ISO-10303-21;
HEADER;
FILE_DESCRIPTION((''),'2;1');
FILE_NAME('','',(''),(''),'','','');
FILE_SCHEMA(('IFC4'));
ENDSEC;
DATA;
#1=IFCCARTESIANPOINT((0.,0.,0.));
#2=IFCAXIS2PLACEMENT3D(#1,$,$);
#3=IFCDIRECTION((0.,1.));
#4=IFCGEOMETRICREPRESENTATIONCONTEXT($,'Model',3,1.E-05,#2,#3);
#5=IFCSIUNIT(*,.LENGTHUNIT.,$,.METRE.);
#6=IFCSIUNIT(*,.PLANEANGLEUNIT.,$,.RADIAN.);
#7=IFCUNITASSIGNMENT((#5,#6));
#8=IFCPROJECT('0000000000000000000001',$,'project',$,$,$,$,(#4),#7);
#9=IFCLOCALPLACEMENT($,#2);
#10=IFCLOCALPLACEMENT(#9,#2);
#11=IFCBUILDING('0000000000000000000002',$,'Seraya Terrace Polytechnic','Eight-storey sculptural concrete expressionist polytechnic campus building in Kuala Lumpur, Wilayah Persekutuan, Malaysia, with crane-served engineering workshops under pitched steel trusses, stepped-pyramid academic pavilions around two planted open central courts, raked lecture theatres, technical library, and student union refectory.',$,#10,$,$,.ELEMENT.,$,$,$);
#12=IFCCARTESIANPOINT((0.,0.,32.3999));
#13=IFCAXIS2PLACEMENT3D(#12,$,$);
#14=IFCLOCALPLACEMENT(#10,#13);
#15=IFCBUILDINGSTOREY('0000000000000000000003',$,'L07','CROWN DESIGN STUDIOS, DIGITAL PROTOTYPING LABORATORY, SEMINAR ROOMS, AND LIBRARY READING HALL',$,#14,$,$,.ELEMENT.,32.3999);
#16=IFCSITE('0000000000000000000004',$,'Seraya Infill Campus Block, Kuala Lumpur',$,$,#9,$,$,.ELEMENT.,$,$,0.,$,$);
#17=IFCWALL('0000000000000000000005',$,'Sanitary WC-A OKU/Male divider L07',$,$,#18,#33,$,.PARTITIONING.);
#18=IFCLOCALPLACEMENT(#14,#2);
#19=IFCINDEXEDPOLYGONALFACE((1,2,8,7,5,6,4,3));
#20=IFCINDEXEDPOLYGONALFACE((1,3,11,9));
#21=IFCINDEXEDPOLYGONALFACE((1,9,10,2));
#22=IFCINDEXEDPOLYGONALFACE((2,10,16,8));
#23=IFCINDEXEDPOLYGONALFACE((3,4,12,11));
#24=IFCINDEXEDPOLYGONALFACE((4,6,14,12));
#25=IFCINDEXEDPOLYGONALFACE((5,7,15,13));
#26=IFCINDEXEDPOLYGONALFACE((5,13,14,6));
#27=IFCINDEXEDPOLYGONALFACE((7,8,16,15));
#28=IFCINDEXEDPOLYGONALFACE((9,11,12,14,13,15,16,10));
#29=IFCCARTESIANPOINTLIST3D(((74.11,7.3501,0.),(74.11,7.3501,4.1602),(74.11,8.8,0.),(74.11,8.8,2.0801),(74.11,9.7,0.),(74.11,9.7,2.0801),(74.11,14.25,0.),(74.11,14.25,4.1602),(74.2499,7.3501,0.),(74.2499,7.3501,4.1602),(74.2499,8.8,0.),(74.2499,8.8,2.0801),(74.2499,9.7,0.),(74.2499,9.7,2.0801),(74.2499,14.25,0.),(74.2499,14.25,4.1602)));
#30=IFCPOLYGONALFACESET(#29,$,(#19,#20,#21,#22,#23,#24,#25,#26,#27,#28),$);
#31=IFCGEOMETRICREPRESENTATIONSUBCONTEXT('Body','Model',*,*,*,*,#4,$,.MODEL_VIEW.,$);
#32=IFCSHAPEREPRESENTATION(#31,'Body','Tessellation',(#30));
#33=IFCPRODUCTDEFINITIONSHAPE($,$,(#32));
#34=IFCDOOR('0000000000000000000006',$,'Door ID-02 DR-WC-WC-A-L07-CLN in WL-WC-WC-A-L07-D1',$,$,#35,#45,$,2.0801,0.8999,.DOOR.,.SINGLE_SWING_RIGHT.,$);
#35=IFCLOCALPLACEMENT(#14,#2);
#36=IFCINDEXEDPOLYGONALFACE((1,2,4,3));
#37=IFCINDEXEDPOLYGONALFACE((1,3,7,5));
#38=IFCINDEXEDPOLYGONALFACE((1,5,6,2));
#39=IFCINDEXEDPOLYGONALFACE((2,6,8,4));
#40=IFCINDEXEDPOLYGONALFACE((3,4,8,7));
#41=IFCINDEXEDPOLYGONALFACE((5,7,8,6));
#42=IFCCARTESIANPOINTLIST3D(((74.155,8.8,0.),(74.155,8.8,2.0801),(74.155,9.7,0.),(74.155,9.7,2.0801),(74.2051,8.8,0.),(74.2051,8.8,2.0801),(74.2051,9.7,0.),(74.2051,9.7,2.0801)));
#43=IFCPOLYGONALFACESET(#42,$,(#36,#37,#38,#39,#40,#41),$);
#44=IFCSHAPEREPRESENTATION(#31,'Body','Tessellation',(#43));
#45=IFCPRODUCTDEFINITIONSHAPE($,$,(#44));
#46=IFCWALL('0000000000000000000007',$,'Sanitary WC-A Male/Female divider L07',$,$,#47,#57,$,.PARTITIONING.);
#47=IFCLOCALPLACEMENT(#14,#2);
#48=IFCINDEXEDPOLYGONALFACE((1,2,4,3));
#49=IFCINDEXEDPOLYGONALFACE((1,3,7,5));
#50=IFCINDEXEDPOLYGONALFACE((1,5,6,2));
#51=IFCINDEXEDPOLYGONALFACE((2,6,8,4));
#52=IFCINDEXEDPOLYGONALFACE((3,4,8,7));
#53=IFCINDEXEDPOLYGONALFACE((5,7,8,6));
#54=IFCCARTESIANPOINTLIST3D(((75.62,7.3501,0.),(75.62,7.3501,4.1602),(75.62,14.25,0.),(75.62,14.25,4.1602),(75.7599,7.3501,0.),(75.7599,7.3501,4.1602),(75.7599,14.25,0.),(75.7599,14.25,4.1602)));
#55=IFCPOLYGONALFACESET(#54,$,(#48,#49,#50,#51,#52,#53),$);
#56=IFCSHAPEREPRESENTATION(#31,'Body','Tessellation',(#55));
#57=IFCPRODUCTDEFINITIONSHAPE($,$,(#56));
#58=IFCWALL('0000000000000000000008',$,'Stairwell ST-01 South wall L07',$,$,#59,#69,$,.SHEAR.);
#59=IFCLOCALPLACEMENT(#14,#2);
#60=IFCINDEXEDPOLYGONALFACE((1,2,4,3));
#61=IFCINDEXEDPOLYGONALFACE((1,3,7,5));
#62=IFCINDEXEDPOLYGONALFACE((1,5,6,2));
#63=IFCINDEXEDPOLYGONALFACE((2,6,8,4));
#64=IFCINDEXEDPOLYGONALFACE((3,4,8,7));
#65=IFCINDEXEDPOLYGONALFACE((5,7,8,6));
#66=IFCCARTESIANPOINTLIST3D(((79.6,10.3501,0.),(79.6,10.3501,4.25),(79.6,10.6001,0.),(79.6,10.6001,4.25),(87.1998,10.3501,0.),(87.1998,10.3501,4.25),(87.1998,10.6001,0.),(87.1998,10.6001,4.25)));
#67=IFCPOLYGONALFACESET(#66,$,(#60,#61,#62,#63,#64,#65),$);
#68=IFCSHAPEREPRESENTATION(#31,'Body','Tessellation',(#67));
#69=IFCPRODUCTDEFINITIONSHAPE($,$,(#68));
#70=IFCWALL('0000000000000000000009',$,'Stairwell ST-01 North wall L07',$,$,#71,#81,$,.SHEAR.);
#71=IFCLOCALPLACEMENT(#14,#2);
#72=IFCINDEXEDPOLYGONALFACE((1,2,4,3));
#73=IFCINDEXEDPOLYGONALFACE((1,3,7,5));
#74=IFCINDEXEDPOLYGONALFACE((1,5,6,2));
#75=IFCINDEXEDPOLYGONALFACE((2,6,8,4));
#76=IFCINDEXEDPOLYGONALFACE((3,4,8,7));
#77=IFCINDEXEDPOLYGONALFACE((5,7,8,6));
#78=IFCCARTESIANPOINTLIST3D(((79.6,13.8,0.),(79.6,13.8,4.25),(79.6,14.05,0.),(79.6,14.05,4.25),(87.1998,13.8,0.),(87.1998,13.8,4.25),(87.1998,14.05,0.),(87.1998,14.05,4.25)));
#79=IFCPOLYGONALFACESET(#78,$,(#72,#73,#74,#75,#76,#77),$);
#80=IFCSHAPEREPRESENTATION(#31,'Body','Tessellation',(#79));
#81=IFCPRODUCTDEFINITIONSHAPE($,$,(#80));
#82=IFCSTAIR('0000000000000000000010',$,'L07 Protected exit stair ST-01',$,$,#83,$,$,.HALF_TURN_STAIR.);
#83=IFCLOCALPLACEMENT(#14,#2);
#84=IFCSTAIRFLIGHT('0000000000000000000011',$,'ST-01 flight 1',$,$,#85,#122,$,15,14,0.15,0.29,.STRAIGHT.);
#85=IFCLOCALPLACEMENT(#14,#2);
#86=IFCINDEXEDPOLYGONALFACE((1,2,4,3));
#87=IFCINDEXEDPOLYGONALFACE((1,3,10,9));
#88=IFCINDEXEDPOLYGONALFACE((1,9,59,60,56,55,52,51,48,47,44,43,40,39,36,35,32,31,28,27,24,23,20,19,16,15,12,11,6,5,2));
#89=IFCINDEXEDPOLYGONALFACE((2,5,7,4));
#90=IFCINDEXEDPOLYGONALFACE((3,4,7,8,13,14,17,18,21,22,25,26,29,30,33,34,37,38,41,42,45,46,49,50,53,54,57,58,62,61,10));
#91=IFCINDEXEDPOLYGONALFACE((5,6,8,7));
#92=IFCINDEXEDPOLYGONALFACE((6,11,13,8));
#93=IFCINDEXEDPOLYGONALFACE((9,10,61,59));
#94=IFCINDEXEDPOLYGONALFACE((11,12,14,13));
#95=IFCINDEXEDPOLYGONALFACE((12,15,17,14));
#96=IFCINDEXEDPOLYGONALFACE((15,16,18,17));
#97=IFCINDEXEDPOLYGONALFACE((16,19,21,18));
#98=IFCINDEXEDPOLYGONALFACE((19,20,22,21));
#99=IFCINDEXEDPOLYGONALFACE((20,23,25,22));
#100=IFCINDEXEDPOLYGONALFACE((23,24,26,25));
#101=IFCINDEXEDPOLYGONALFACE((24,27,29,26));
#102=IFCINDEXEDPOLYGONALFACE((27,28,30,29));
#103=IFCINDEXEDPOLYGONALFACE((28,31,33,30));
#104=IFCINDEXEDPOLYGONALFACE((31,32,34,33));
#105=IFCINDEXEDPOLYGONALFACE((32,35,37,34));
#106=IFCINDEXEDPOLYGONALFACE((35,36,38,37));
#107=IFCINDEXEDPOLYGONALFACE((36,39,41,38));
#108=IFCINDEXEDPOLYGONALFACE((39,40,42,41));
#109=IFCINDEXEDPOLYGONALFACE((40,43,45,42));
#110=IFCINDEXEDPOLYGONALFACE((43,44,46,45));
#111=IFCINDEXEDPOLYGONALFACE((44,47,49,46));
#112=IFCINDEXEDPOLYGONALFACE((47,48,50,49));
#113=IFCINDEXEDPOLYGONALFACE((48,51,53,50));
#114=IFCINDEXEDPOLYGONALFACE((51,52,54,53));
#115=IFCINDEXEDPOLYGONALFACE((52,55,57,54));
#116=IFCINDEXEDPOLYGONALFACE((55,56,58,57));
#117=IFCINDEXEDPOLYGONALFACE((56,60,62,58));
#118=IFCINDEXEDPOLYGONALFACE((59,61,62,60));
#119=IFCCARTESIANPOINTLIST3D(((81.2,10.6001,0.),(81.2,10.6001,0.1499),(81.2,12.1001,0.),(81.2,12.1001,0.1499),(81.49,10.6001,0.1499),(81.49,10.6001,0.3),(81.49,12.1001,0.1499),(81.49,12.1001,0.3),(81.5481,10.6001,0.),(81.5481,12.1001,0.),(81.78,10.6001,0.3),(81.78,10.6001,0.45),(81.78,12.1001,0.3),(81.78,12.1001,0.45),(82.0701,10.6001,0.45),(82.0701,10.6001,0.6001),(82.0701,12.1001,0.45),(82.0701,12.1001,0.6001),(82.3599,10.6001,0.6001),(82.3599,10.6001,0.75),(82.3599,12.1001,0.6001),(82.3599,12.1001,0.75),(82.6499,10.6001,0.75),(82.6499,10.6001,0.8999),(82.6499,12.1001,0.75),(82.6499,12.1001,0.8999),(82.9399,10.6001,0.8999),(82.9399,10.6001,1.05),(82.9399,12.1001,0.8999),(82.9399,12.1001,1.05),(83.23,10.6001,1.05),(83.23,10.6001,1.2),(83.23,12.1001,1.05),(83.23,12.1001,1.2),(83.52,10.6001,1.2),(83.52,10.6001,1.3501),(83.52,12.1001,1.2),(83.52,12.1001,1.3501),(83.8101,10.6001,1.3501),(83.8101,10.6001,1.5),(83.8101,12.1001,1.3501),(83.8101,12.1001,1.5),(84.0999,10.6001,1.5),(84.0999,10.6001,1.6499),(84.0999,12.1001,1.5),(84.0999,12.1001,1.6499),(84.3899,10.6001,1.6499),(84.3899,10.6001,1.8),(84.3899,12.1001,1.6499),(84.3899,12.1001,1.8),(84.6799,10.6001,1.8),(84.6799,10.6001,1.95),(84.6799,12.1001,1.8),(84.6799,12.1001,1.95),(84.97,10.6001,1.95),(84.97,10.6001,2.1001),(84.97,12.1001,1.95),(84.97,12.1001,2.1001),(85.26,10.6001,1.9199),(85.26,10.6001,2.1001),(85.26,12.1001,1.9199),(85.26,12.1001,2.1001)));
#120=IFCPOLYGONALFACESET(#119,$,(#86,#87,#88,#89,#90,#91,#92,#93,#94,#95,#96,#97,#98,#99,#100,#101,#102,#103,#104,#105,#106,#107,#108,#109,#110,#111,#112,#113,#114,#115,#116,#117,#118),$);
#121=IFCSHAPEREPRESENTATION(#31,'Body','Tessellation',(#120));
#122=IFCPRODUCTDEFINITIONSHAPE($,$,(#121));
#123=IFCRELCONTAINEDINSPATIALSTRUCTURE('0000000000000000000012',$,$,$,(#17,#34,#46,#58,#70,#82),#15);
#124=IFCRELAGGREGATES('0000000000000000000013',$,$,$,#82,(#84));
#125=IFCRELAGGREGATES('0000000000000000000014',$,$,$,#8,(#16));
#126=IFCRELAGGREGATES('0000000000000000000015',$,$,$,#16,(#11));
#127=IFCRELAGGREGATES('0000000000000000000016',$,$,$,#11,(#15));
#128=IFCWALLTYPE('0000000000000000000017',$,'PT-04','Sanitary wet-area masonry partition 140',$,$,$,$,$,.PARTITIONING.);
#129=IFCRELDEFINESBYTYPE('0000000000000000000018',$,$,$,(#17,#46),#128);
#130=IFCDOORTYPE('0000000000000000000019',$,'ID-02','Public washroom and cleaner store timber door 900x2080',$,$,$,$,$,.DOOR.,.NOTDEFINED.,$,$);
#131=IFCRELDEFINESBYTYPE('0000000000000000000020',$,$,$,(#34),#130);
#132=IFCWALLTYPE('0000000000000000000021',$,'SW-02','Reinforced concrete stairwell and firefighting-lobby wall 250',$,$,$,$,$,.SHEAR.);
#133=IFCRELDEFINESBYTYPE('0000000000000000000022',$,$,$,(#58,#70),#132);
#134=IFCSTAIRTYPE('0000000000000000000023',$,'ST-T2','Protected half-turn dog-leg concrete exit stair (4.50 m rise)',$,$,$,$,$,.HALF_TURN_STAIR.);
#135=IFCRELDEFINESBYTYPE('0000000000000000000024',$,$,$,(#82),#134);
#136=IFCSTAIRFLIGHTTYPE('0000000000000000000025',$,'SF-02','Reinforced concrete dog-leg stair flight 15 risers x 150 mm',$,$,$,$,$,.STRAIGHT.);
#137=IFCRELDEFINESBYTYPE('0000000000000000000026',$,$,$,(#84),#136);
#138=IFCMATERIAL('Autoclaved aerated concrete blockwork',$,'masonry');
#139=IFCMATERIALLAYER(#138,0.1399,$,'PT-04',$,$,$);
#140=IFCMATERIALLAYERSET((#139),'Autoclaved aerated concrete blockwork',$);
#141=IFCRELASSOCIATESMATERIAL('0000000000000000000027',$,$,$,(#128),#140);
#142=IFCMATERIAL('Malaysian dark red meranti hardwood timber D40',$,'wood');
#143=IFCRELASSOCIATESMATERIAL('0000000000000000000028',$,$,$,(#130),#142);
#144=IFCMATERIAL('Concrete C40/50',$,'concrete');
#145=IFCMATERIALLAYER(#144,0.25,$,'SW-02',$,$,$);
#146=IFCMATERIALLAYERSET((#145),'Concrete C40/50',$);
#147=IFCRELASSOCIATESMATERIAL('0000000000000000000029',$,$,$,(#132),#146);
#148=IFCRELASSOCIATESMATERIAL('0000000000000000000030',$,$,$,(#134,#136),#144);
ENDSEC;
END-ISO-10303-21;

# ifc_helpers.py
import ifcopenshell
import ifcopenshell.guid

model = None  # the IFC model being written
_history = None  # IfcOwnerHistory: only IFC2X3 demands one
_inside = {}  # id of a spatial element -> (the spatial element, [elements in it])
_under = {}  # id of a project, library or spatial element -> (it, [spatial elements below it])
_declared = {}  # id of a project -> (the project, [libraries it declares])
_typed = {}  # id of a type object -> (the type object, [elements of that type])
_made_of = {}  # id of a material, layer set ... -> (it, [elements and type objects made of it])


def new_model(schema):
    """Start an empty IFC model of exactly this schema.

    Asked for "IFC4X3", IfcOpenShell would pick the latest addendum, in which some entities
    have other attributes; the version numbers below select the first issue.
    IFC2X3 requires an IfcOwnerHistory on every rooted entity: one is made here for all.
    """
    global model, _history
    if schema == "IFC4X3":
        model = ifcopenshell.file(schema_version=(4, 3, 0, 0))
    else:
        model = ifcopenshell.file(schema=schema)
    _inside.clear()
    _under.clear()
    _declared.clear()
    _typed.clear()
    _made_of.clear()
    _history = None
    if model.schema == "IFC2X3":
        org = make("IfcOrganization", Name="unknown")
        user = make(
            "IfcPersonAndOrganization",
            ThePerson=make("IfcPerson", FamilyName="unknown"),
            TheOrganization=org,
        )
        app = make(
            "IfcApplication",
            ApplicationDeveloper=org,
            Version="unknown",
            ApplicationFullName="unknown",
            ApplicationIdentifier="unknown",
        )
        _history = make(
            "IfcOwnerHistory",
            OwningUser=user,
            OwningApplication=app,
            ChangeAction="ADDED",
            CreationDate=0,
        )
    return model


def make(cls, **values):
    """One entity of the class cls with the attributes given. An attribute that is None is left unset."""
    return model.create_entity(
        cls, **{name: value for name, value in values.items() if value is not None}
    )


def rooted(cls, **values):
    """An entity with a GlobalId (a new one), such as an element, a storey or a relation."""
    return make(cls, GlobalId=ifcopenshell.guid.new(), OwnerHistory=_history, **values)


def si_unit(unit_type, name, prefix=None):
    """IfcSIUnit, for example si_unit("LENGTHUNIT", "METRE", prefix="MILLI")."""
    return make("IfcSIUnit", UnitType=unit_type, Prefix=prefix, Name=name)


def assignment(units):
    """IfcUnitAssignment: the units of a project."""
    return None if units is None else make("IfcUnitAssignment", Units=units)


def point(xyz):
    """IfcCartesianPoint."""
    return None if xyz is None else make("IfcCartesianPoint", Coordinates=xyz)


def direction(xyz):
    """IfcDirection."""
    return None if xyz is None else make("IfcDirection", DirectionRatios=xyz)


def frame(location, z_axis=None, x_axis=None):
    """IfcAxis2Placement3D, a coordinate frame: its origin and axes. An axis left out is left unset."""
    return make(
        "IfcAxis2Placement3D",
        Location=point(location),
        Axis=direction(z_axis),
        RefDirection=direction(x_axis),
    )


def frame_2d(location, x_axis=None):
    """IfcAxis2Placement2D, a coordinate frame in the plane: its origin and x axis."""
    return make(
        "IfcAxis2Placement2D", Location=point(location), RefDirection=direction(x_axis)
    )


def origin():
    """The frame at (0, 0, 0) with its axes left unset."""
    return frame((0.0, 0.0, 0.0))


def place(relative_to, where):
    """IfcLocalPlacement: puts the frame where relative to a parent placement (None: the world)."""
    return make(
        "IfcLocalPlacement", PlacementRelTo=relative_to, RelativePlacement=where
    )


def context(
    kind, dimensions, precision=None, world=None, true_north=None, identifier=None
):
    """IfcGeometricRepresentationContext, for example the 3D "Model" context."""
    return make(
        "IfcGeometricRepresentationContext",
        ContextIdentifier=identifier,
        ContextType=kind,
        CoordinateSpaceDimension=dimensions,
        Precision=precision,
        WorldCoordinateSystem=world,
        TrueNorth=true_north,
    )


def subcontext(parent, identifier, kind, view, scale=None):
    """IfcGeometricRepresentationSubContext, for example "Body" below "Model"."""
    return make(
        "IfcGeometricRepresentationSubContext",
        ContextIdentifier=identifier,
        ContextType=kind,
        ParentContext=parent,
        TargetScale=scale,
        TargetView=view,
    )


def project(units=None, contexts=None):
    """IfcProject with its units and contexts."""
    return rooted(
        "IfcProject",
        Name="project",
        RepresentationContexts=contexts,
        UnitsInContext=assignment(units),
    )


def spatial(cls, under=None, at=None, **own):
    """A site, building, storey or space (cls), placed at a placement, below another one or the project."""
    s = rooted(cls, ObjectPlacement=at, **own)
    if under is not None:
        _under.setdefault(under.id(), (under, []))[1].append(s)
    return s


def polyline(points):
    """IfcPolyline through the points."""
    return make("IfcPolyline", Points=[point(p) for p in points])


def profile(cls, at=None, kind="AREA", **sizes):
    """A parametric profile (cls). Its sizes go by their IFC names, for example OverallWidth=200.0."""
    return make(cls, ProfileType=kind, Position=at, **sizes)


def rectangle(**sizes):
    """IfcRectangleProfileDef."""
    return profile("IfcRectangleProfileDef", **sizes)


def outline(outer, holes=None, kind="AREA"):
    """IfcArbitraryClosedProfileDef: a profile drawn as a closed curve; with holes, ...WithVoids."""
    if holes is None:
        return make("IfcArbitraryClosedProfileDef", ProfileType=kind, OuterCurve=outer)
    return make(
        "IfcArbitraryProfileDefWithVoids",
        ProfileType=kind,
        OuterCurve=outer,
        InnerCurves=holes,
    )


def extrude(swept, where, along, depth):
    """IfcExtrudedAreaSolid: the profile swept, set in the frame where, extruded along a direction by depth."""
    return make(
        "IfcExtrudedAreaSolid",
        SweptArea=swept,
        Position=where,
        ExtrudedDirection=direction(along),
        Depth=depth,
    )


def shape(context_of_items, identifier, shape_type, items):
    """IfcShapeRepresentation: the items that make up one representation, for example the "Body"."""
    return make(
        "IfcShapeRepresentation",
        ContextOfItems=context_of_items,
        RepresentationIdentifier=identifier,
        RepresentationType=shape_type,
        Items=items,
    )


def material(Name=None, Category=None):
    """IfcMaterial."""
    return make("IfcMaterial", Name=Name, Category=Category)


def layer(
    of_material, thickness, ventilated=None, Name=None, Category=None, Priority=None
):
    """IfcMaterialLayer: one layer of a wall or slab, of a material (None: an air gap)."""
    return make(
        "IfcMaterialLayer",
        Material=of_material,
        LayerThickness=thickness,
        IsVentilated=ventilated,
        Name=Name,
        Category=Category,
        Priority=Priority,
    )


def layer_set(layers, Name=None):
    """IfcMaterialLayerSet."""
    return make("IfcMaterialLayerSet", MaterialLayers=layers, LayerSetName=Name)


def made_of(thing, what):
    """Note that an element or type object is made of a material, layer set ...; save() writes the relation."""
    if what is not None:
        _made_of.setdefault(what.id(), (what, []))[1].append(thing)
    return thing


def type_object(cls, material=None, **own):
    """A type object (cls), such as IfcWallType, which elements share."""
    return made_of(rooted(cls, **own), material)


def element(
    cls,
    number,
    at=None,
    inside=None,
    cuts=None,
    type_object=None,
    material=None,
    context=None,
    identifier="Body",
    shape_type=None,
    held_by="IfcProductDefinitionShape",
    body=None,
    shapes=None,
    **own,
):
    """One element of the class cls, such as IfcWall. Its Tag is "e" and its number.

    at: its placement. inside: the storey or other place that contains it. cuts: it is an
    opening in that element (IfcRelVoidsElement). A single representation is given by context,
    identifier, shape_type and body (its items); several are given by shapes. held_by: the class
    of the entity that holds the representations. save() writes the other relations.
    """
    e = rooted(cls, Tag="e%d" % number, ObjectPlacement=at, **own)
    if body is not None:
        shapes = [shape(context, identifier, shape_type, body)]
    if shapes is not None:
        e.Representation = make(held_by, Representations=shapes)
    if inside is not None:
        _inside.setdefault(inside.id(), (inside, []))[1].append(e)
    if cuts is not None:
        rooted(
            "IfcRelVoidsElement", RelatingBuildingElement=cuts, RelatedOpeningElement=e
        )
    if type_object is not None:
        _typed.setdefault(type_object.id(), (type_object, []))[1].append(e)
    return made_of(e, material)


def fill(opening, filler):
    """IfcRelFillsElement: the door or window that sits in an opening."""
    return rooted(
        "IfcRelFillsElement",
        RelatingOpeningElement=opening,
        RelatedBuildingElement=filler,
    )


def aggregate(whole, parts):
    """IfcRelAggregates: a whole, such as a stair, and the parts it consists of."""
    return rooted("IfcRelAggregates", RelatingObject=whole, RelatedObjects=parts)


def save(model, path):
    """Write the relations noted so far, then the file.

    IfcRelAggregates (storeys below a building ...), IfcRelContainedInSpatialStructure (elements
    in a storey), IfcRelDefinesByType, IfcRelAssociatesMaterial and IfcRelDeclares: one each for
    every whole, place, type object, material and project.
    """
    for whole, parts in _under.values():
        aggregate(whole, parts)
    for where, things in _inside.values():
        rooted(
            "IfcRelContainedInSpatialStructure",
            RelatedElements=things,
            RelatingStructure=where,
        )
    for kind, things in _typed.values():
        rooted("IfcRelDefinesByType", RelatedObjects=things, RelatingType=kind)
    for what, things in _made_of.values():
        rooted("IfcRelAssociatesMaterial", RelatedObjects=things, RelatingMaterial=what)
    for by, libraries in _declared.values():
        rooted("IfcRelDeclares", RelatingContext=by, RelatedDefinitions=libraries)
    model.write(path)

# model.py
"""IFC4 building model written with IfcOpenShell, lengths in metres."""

from ifc_helpers import new_model, si_unit, direction, frame, frame_2d, origin, place, context, subcontext, project, spatial, polyline, rectangle, outline, extrude, material, layer, layer_set, type_object, element, fill, aggregate, save


model = new_model("IFC4")

# Units and contexts
model_context = context("Model", 3, precision=1e-05, world=origin(), true_north=direction((0.0, 1.0)))
body_context = subcontext(model_context, "Body", "Model", "MODEL_VIEW")
ifc_project = project(units=[si_unit("LENGTHUNIT", "METRE"), si_unit("PLANEANGLEUNIT", "RADIAN")], contexts=[model_context])

# Site, building, storey
site_placement = place(None, origin())
site = spatial("IfcSite", under=ifc_project, at=site_placement, Name="Seraya Infill Campus Block, Kuala Lumpur", CompositionType="ELEMENT", RefElevation=0.0)
building_placement = place(site_placement, origin())
building = spatial("IfcBuilding", under=site, at=building_placement, Name="Seraya Terrace Polytechnic", Description="Eight-storey sculptural concrete expressionist polytechnic campus building in Kuala Lumpur, Wilayah Persekutuan, Malaysia, with crane-served engineering workshops under pitched steel trusses, stepped-pyramid academic pavilions around two planted open central courts, raked lecture theatres, technical library, and student union refectory.", CompositionType="ELEMENT")
storey_placement = place(building_placement, frame((0.0, 0.0, 32.3999)))
storey = spatial("IfcBuildingStorey", under=building, at=storey_placement, Name="L07", Description="CROWN DESIGN STUDIOS, DIGITAL PROTOTYPING LABORATORY, SEMINAR ROOMS, AND LIBRARY READING HALL", CompositionType="ELEMENT", Elevation=32.3999)

# Shared definitions
ifc_material_1 = material(Name="Concrete C40/50", Category="concrete")

# Shared definitions
ifc_material_2 = material(Name="Autoclaved aerated concrete blockwork", Category="masonry")
ifc_layer_1 = layer(ifc_material_2, 0.1399, Name="PT-04")
ifc_layer_set_1 = layer_set([ifc_layer_1], Name="Autoclaved aerated concrete blockwork")
wall_type_1 = type_object("IfcWallType", Name="PT-04", Description="Sanitary wet-area masonry partition 140", PredefinedType="PARTITIONING", material=ifc_layer_set_1)

# Wall, opening, door
wall_1_placement = place(storey_placement, frame((74.1799, 7.3501, 0.0), z_axis=(0.0, 0.0, 1.0), x_axis=(0.0, 1.0, 0.0)))
wall_1 = element("IfcWall", 1, at=wall_1_placement, inside=storey, type_object=wall_type_1, Name="Sanitary WC-A OKU/Male divider L07", PredefinedType="PARTITIONING", context=body_context, shape_type="SweptSolid", body=[
    extrude(rectangle(XDim=6.8999, YDim=0.1399, at=frame_2d((3.45, 0.0))), origin(), (0.0, 0.0, 1.0), 4.1602),
])
opening_1_placement = place(wall_1_placement, frame((1.45, 0.0, 0.0)))
opening_1 = element("IfcOpeningElement", 2, at=opening_1_placement, cuts=wall_1, PredefinedType="OPENING", context=body_context, shape_type="SweptSolid", body=[
    extrude(rectangle(XDim=0.8999, YDim=2.0801, at=frame_2d((0.45, 1.04))), frame((0.0, 0.082, 0.0), z_axis=(0.0, -1.0, 0.0), x_axis=(1.0, 0.0, 0.0)), (0.0, 0.0, 1.0), 0.1638),
])
ifc_material_3 = material(Name="Malaysian dark red meranti hardwood timber D40", Category="wood")
door_type_1 = type_object("IfcDoorType", Name="ID-02", Description="Public washroom and cleaner store timber door 900x2080", OperationType="NOTDEFINED", PredefinedType="DOOR", material=ifc_material_3)
door_1_placement = place(opening_1_placement, origin())
door_1 = element("IfcDoor", 3, at=door_1_placement, inside=storey, type_object=door_type_1, Name="Door ID-02 DR-WC-WC-A-L07-CLN in WL-WC-WC-A-L07-D1", OperationType="SINGLE_SWING_RIGHT", OverallHeight=2.0801, OverallWidth=0.8999, PredefinedType="DOOR", context=body_context, shape_type="SweptSolid", body=[
    extrude(rectangle(XDim=0.8999, YDim=2.0801, at=frame_2d((0.45, 1.04))), frame((0.0, 0.0249, 0.0), z_axis=(0.0, -1.0, 0.0), x_axis=(1.0, 0.0, 0.0)), (0.0, 0.0, 1.0), 0.05),
])
fill(opening_1, door_1)

# Wall
wall_2_placement = place(storey_placement, frame((75.6899, 7.3501, 0.0), z_axis=(0.0, 0.0, 1.0), x_axis=(0.0, 1.0, 0.0)))
element("IfcWall", 4, at=wall_2_placement, inside=storey, type_object=wall_type_1, Name="Sanitary WC-A Male/Female divider L07", PredefinedType="PARTITIONING", context=body_context, shape_type="SweptSolid", body=[
    extrude(rectangle(XDim=6.8999, YDim=0.1399, at=frame_2d((3.45, 0.0))), origin(), (0.0, 0.0, 1.0), 4.1602),
])

# Shared definitions
ifc_layer_2 = layer(ifc_material_1, 0.25, Name="SW-02")
ifc_layer_set_2 = layer_set([ifc_layer_2], Name="Concrete C40/50")
wall_type_2 = type_object("IfcWallType", Name="SW-02", Description="Reinforced concrete stairwell and firefighting-lobby wall 250", PredefinedType="SHEAR", material=ifc_layer_set_2)

# Walls
for number, where, z_axis, x_axis, name in (
    (5, (79.6001, 10.4751, 0.0), (0.0, 0.0, 1.0), (1.0, 0.0, 0.0), "Stairwell ST-01 South wall L07"),
    (6, (79.6001, 13.925, 0.0), (0.0, 0.0, 1.0), (1.0, 0.0, 0.0), "Stairwell ST-01 North wall L07"),
):
    element("IfcWall", number, at=place(storey_placement, frame(where, z_axis=z_axis, x_axis=x_axis)), inside=storey, type_object=wall_type_2, Name=name, PredefinedType="SHEAR", context=body_context, shape_type="SweptSolid", body=[
        extrude(rectangle(XDim=7.5999, YDim=0.25, at=frame_2d((3.7998, 0.0))), origin(), (0.0, 0.0, 1.0), 4.25),
    ])

# Stair, stair flight
stair_type = type_object("IfcStairType", Name="ST-T2", Description="Protected half-turn dog-leg concrete exit stair (4.50 m rise)", PredefinedType="HALF_TURN_STAIR", material=ifc_material_1)
stair_placement = place(storey_placement, origin())
stair = element("IfcStair", 7, at=stair_placement, inside=storey, type_object=stair_type, Name="L07 Protected exit stair ST-01", PredefinedType="HALF_TURN_STAIR")
stair_flight_type = type_object("IfcStairFlightType", Name="SF-02", Description="Reinforced concrete dog-leg stair flight 15 risers x 150 mm", PredefinedType="STRAIGHT", material=ifc_material_1)
stair_flight_placement = place(storey_placement, frame((81.2, 11.3501, 0.0), z_axis=(0.0, 0.0, 1.0), x_axis=(1.0, 0.0, 0.0)))
stair_flight = element("IfcStairFlight", 8, at=stair_flight_placement, type_object=stair_flight_type, Name="ST-01 flight 1", NumberOfRisers=15, NumberOfTreads=14, PredefinedType="STRAIGHT", RiserHeight=0.15, TreadLength=0.29, context=body_context, shape_type="SweptSolid", body=[
    extrude(outline(polyline([(0.0, 0.0), (0.0, 0.1499), (0.29, 0.1499), (0.29, 0.3), (0.5801, 0.3), (0.5801, 0.45), (0.8701, 0.45), (0.8701, 0.6001), (1.1599, 0.6001), (1.1599, 0.75), (1.45, 0.75), (1.45, 0.8999), (1.74, 0.8999), (1.74, 1.05), (2.03, 1.05), (2.03, 1.2), (2.3201, 1.2), (2.3201, 1.3501), (2.6101, 1.3501), (2.6101, 1.5), (2.8999, 1.5), (2.8999, 1.6499), (3.1899, 1.6499), (3.1899, 1.8), (3.48, 1.8), (3.48, 1.95), (3.77, 1.95), (3.77, 2.1001), (4.0601, 2.1001), (4.0601, 2.25), (4.0601, 1.9199), (0.3481, 0.0), (0.0, 0.0)])), frame((0.0, 0.75, 0.0), z_axis=(0.0, -1.0, 0.0), x_axis=(1.0, 0.0, 0.0)), (0.0, 0.0, 1.0), 1.5),
])
aggregate(stair, [stair_flight])

save(model, "model.ifc")
